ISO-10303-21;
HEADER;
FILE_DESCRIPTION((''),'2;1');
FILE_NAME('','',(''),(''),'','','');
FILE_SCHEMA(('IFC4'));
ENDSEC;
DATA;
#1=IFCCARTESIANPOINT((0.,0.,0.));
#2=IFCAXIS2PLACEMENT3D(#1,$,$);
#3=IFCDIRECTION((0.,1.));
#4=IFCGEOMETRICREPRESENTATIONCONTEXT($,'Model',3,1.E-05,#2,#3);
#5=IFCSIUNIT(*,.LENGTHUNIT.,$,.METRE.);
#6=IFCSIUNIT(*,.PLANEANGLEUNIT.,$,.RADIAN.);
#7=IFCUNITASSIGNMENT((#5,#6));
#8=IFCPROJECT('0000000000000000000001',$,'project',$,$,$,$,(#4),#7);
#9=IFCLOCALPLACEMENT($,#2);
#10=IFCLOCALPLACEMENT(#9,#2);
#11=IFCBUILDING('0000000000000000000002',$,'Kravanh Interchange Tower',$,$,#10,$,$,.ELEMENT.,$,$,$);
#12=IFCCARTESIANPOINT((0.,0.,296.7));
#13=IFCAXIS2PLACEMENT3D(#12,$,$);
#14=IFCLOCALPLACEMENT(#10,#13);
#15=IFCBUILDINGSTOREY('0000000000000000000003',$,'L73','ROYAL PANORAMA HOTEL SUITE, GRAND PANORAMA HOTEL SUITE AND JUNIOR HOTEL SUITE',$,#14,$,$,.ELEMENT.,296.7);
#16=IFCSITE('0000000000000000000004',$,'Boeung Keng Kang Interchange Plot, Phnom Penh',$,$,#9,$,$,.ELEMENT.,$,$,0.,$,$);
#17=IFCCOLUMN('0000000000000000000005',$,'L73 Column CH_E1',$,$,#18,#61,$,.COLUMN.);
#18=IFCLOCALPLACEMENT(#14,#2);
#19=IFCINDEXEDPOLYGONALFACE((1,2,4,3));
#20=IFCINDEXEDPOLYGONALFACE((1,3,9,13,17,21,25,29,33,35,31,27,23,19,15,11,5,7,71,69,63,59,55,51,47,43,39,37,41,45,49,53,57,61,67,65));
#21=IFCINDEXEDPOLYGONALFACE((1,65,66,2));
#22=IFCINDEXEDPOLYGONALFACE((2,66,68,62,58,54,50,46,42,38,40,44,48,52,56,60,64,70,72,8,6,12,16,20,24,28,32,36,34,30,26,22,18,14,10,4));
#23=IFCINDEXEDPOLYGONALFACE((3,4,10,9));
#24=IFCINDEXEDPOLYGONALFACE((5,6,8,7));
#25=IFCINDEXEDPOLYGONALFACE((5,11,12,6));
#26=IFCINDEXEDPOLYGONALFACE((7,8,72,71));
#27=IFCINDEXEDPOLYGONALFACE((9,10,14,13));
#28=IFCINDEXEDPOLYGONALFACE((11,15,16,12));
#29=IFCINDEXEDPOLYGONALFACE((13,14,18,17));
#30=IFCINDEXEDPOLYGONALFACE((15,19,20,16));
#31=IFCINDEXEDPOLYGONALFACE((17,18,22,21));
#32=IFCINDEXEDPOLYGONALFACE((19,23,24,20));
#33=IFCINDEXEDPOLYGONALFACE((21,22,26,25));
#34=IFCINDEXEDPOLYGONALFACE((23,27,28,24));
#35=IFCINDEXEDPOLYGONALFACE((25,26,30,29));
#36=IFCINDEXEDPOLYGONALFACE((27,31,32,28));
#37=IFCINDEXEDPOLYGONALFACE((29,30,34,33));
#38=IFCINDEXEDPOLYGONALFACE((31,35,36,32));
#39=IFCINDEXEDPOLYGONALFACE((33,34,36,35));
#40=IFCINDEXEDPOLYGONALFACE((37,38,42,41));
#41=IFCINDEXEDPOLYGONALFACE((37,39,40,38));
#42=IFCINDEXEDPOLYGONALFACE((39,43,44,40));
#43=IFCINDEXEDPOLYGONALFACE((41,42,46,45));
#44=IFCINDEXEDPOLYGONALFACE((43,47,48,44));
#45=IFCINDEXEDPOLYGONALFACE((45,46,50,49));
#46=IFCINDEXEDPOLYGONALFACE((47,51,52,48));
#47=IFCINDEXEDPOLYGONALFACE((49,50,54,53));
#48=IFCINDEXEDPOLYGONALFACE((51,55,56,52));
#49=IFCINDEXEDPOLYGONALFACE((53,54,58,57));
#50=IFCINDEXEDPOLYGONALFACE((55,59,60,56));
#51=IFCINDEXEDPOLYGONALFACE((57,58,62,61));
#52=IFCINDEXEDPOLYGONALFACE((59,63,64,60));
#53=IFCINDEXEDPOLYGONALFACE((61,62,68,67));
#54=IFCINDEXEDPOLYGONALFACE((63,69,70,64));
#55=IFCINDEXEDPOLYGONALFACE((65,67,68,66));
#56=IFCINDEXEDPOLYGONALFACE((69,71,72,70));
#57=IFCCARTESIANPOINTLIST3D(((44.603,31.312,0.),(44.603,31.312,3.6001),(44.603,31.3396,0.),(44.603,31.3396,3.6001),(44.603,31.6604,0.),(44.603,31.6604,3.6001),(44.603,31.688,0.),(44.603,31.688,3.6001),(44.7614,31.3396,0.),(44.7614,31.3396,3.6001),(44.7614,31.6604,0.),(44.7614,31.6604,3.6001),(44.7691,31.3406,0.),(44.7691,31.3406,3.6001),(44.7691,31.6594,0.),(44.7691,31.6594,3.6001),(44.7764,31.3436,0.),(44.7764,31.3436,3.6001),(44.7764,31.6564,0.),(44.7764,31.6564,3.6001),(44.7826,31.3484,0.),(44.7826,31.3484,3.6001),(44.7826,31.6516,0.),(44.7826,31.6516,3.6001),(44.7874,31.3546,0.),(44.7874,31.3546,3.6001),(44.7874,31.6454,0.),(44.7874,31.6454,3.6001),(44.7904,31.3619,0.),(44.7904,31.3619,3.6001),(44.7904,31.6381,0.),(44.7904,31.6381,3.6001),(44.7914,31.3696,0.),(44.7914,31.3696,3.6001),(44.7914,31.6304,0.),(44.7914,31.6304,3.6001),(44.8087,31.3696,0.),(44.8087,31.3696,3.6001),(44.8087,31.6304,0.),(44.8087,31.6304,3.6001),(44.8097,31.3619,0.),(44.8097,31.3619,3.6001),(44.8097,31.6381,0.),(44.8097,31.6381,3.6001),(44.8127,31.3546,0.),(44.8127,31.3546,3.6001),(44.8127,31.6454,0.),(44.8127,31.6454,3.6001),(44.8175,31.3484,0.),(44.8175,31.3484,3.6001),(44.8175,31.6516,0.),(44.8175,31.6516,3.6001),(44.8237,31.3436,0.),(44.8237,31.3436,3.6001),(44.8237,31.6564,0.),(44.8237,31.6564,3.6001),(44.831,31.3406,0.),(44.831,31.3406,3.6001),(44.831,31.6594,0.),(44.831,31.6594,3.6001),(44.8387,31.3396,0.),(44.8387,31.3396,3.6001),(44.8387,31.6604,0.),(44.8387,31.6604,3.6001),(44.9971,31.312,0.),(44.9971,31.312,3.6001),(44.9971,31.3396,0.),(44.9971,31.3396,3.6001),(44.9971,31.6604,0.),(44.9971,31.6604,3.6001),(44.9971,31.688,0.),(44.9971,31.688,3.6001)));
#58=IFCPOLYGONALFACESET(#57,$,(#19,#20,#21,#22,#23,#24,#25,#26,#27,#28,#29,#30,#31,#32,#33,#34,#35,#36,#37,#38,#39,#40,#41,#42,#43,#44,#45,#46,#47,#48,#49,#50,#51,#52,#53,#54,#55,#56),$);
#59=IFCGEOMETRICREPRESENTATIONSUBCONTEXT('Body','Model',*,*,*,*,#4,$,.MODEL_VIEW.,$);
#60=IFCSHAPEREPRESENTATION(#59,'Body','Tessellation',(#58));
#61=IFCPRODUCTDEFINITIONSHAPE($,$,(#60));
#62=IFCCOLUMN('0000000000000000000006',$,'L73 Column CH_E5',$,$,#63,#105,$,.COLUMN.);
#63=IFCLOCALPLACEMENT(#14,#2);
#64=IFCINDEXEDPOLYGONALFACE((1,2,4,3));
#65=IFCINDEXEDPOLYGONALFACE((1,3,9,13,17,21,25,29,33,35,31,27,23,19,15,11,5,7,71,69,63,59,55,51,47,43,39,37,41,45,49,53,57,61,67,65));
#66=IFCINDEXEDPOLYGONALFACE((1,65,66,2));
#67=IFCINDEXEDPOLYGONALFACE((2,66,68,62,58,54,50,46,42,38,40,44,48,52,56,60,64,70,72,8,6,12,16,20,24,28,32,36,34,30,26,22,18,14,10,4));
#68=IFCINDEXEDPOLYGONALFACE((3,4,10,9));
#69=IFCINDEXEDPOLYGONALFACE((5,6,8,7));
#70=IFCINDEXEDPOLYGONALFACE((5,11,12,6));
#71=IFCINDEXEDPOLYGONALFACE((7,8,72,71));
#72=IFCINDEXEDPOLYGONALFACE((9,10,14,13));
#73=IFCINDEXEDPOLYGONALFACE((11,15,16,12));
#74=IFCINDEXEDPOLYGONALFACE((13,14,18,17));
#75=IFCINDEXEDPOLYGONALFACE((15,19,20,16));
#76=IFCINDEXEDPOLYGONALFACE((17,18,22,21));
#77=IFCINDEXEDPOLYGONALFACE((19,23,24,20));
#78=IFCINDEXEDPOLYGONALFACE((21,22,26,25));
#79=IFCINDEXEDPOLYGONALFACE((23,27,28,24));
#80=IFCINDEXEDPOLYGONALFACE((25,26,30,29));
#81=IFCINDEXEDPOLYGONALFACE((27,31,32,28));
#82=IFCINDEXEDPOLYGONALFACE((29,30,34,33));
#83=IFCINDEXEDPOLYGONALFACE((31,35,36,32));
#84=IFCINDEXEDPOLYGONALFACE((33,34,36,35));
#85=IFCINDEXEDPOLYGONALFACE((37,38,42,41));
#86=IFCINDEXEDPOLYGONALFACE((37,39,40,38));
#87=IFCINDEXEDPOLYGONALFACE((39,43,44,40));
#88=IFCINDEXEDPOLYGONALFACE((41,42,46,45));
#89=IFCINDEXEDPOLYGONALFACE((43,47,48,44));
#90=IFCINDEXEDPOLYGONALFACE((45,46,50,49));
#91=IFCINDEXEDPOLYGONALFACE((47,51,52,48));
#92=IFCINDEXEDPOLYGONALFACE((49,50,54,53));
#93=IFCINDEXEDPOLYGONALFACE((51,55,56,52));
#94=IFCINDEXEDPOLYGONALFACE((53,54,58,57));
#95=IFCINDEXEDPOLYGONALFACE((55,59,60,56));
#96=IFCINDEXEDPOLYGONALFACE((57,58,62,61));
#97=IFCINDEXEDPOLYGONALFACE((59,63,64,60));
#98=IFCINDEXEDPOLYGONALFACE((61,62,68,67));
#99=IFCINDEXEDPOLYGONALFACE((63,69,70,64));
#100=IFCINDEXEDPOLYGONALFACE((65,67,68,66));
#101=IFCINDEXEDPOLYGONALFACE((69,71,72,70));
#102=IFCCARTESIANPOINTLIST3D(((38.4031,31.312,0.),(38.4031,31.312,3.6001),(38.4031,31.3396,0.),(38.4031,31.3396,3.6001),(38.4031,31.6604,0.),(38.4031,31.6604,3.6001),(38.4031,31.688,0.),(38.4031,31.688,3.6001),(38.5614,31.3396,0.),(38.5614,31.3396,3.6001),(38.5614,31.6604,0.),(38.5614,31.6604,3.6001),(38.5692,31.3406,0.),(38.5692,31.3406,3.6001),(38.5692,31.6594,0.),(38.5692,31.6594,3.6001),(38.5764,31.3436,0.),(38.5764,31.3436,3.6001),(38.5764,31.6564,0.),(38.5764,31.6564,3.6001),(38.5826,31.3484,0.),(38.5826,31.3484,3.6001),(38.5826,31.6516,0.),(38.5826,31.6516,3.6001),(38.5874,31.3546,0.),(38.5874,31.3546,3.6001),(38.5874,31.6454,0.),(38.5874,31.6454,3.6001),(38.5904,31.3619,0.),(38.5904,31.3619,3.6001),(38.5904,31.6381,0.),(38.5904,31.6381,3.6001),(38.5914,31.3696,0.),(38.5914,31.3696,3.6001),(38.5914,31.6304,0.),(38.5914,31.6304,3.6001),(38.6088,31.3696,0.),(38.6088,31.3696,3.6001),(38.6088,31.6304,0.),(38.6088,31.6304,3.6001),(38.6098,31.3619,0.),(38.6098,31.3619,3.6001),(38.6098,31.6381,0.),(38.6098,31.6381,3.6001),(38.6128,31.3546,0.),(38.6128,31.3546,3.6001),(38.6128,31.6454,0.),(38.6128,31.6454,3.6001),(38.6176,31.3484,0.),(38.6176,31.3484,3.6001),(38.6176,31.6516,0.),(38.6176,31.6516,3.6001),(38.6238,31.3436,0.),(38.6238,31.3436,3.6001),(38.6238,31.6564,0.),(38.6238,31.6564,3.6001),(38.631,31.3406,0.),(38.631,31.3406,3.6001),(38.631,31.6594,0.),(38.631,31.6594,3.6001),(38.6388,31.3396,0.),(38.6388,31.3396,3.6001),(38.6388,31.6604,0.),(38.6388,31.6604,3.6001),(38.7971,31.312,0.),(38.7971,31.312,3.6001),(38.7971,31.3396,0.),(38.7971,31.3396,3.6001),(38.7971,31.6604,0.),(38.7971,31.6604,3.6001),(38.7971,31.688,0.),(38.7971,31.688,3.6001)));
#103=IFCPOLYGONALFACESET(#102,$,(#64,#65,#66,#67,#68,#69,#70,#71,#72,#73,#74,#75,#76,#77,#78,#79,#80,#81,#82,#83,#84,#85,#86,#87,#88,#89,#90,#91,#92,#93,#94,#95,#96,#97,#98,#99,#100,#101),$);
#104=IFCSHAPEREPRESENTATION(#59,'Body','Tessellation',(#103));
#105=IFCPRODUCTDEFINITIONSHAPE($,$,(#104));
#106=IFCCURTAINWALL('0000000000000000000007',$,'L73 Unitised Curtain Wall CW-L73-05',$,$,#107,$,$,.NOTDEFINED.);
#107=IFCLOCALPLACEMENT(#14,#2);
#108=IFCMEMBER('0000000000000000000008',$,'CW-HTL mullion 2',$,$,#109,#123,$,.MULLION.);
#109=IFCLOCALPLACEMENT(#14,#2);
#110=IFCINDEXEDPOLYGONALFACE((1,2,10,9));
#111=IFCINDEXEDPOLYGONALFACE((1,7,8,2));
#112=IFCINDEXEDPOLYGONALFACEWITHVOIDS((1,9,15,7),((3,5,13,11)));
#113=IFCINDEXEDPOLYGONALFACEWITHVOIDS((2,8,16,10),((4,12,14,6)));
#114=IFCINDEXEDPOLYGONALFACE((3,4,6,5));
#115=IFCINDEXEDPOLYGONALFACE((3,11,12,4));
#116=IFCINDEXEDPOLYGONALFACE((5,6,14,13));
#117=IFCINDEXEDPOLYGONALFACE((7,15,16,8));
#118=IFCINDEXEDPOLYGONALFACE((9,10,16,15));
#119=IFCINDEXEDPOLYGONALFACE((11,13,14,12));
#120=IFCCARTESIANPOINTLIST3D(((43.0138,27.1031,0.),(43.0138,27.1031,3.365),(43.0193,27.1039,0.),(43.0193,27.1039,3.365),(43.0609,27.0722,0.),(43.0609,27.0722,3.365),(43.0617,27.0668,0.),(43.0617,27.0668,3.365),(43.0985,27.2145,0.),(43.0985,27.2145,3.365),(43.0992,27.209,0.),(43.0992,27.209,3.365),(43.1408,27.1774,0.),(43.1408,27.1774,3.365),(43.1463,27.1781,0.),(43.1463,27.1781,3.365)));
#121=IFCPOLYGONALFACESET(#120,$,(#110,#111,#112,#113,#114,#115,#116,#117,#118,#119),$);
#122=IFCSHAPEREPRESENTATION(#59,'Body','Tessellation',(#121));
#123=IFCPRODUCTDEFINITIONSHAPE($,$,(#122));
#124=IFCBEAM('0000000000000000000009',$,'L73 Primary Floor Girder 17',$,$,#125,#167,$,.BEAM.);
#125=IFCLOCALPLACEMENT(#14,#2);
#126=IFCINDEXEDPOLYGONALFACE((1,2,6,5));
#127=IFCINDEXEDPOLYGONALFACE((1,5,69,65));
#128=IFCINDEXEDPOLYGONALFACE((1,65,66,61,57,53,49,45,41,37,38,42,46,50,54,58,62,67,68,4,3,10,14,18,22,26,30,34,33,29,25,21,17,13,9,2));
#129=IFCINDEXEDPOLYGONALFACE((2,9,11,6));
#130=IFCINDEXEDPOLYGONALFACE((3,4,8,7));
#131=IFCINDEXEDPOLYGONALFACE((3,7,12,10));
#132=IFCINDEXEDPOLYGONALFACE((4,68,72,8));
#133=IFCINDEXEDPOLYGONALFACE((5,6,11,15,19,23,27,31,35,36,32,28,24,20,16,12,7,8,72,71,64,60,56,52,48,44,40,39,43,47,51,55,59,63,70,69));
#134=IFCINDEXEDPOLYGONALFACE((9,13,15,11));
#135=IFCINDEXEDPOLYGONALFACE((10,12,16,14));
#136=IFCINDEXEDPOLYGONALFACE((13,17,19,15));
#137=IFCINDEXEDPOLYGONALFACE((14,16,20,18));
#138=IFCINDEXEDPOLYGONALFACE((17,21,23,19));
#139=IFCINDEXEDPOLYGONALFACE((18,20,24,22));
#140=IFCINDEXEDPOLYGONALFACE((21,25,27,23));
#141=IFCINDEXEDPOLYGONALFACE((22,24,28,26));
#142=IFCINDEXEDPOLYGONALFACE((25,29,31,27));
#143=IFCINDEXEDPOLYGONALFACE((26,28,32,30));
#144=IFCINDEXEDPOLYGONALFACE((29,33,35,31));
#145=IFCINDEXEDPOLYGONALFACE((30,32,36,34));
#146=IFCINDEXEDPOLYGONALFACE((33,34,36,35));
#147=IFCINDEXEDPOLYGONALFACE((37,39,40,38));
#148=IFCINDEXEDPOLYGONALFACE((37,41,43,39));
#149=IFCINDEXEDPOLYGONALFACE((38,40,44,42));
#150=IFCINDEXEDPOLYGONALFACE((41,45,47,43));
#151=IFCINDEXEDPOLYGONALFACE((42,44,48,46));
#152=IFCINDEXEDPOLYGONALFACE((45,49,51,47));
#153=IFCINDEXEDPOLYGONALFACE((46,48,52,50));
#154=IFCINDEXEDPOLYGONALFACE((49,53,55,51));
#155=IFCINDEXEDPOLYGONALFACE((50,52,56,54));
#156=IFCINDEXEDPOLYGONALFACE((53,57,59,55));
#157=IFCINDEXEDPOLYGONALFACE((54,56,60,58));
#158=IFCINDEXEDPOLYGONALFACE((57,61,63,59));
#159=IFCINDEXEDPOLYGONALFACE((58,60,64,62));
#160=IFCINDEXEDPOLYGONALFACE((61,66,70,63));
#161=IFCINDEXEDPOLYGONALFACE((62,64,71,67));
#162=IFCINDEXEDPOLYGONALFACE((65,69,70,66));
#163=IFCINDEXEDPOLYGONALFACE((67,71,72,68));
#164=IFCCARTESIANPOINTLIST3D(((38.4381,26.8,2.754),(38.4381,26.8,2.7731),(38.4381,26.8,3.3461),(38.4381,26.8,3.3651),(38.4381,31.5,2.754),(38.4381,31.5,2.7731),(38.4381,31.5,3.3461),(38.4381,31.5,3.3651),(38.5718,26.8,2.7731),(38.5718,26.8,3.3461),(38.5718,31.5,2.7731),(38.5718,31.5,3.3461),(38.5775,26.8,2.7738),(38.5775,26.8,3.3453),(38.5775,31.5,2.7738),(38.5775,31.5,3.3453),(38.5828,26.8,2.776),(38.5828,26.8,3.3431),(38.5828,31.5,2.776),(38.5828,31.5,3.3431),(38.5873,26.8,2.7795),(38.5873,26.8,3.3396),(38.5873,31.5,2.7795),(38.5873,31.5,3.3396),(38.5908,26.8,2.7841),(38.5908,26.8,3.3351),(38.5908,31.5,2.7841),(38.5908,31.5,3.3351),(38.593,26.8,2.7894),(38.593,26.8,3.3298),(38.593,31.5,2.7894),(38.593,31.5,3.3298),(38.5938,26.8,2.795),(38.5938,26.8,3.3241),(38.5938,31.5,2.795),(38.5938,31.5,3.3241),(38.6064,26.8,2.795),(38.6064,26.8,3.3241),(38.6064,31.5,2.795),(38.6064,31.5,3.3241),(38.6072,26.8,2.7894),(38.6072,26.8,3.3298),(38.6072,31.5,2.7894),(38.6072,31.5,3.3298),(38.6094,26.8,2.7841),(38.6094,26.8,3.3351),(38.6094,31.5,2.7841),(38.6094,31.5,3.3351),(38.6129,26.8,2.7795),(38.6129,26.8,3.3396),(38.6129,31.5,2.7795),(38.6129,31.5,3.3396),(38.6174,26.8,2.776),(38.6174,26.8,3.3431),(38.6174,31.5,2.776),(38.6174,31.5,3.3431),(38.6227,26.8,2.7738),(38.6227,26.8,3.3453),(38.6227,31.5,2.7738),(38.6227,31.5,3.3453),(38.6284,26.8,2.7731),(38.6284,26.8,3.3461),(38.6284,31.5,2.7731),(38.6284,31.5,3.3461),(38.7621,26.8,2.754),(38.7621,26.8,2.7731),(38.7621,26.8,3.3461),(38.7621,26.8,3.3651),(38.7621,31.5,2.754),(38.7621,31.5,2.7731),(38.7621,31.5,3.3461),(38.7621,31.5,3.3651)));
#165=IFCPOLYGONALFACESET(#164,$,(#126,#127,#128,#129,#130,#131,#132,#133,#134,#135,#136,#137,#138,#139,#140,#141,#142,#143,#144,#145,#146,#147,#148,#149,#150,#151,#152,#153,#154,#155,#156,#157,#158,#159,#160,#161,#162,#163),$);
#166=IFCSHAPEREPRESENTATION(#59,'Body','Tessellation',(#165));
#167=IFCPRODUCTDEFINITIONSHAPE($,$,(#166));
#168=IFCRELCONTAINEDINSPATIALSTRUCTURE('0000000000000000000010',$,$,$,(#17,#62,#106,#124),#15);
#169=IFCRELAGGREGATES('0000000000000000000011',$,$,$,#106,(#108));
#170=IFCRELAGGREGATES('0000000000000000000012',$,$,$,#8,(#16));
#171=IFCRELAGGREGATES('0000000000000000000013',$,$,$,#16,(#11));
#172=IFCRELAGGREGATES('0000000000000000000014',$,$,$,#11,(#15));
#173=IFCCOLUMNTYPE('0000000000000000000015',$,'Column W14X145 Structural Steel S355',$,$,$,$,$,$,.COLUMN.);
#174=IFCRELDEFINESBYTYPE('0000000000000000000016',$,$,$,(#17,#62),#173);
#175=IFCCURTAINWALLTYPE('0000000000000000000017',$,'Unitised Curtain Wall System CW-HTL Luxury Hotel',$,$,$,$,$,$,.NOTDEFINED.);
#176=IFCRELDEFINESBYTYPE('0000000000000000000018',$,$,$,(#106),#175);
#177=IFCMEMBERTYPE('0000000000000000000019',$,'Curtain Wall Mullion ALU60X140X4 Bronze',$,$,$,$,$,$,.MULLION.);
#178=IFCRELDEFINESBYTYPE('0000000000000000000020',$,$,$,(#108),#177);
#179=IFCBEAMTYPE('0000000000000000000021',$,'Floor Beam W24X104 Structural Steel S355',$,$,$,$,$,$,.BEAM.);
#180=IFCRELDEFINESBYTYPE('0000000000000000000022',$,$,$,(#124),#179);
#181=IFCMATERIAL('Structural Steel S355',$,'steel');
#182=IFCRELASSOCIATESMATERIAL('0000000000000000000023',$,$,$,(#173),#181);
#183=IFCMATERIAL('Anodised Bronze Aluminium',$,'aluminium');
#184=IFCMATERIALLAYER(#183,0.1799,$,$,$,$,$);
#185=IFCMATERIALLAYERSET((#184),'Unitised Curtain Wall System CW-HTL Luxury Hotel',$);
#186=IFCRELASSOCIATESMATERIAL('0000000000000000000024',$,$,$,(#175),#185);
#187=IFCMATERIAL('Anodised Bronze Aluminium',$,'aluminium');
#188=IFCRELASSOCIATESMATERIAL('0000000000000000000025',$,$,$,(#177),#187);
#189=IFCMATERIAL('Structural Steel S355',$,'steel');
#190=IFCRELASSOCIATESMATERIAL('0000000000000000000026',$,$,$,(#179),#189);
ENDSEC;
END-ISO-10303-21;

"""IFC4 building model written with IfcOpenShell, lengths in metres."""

from ifc_helpers import new_model, si_unit, direction, frame, origin, origin_2d, place, context, subcontext, project, spatial, hollow_rectangle, i_section, extrude, material, layer, layer_set, material_profile, profile_set, type_object, element, aggregate, save


model = new_model("IFC4")

# Units and contexts
model_context = context("Model", 3, precision=1e-05, world=origin(), true_north=direction((0.0, 1.0)))
body_context = subcontext(model_context, "Body", "Model", "MODEL_VIEW")
ifc_project = project(units=[si_unit("LENGTHUNIT", "METRE"), si_unit("PLANEANGLEUNIT", "RADIAN")], contexts=[model_context])

# Site, building, storey
site_placement = place(None, origin())
site = spatial("IfcSite", under=ifc_project, at=site_placement, Name="Boeung Keng Kang Interchange Plot, Phnom Penh", CompositionType="ELEMENT", RefElevation=0.0)
building_placement = place(site_placement, origin())
building = spatial("IfcBuilding", under=site, at=building_placement, Name="Kravanh Interchange Tower", CompositionType="ELEMENT")
storey_placement = place(building_placement, frame((0.0, 0.0, 296.7)))
storey = spatial("IfcBuildingStorey", under=building, at=storey_placement, Name="L73", Description="ROYAL PANORAMA HOTEL SUITE, GRAND PANORAMA HOTEL SUITE AND JUNIOR HOTEL SUITE", CompositionType="ELEMENT", Elevation=296.7)

# Columns
ifc_material_1 = material(Name="Structural Steel S355", Category="steel")
ifc_material_profile_1 = material_profile(ifc_material_1, i_section(OverallWidth=0.394, OverallDepth=0.376, WebThickness=0.0173, FlangeThickness=0.0276, FilletRadius=0.03, at=origin_2d()), Name="W14X145")
ifc_profile_set_1 = profile_set([ifc_material_profile_1], Name="Structural Steel S355")
column_type = type_object("IfcColumnType", Name="Column W14X145 Structural Steel S355", PredefinedType="COLUMN", material=ifc_profile_set_1)
for number, where, z_axis, x_axis, name in (
    (1, (44.8, 31.5, 0.0), (0.0, 0.0, 1.0), (1.0, 0.0, 0.0), "L73 Column CH_E1"),
    (2, (38.6001, 31.5, 0.0), (0.0, 0.0, 1.0), (1.0, 0.0, 0.0), "L73 Column CH_E5"),
):
    element("IfcColumn", number, at=place(storey_placement, frame(where, z_axis=z_axis, x_axis=x_axis)), inside=storey, type_object=column_type, Name=name, PredefinedType="COLUMN", context=body_context, shape_type="SweptSolid", body=[
        extrude(i_section(OverallWidth=0.394, OverallDepth=0.376, WebThickness=0.0173, FlangeThickness=0.0276, FilletRadius=0.03, at=origin_2d()), origin(), (0.0, 0.0, 1.0), 3.6001),
    ])

# Curtain wall, member
ifc_material_2 = material(Name="Anodised Bronze Aluminium", Category="aluminium")
ifc_layer_1 = layer(ifc_material_2, 0.1799)
ifc_layer_set_1 = layer_set([ifc_layer_1], Name="Unitised Curtain Wall System CW-HTL Luxury Hotel")
curtain_wall_type = type_object("IfcCurtainWallType", Name="Unitised Curtain Wall System CW-HTL Luxury Hotel", PredefinedType="NOTDEFINED", material=ifc_layer_set_1)
curtain_wall_placement = place(storey_placement, origin())
curtain_wall = element("IfcCurtainWall", 3, at=curtain_wall_placement, inside=storey, type_object=curtain_wall_type, Name="L73 Unitised Curtain Wall CW-L73-05", PredefinedType="NOTDEFINED")
ifc_material_3 = material(Name="Anodised Bronze Aluminium", Category="aluminium")
ifc_material_profile_2 = material_profile(ifc_material_3, hollow_rectangle(XDim=0.0601, YDim=0.1399, WallThickness=0.0039, at=origin_2d()), Name="ALU60X140X4")
ifc_profile_set_2 = profile_set([ifc_material_profile_2], Name="Anodised Bronze Aluminium")
member_type = type_object("IfcMemberType", Name="Curtain Wall Mullion ALU60X140X4 Bronze", PredefinedType="MULLION", material=ifc_profile_set_2)
member_placement = place(storey_placement, frame((43.0801, 27.1406, 0.0), z_axis=(0.0, 0.0, 1.0), x_axis=(0.796162, -0.605084, 0.0)))
member = element("IfcMember", 4, at=member_placement, type_object=member_type, Name="CW-HTL mullion 2", PredefinedType="MULLION", context=body_context, shape_type="SweptSolid", body=[
    extrude(hollow_rectangle(XDim=0.0601, YDim=0.1399, WallThickness=0.0039, at=origin_2d()), origin(), (0.0, 0.0, 1.0), 3.365),
])

# Beam
ifc_material_4 = material(Name="Structural Steel S355", Category="steel")
ifc_material_profile_3 = material_profile(ifc_material_4, i_section(OverallWidth=0.324, OverallDepth=0.6111, WebThickness=0.0127, FlangeThickness=0.019, FilletRadius=0.022, at=origin_2d()), Name="W24X104")
ifc_profile_set_3 = profile_set([ifc_material_profile_3], Name="Structural Steel S355")
beam_type_1 = type_object("IfcBeamType", Name="Floor Beam W24X104 Structural Steel S355", PredefinedType="BEAM", material=ifc_profile_set_3)
beam_1_placement = place(storey_placement, frame((38.6001, 31.5, 3.0596), z_axis=(0.0, -1.0, 0.0), x_axis=(1.0, 0.0, 0.0)))
element("IfcBeam", 5, at=beam_1_placement, inside=storey, type_object=beam_type_1, Name="L73 Primary Floor Girder 17", PredefinedType="BEAM", context=body_context, shape_type="SweptSolid", body=[
    extrude(i_section(OverallWidth=0.324, OverallDepth=0.6111, WebThickness=0.0127, FlangeThickness=0.019, FilletRadius=0.022, at=origin_2d()), origin(), (0.0, 0.0, 1.0), 4.7),
])

aggregate(curtain_wall, [member])

save(model, "model.ifc")
